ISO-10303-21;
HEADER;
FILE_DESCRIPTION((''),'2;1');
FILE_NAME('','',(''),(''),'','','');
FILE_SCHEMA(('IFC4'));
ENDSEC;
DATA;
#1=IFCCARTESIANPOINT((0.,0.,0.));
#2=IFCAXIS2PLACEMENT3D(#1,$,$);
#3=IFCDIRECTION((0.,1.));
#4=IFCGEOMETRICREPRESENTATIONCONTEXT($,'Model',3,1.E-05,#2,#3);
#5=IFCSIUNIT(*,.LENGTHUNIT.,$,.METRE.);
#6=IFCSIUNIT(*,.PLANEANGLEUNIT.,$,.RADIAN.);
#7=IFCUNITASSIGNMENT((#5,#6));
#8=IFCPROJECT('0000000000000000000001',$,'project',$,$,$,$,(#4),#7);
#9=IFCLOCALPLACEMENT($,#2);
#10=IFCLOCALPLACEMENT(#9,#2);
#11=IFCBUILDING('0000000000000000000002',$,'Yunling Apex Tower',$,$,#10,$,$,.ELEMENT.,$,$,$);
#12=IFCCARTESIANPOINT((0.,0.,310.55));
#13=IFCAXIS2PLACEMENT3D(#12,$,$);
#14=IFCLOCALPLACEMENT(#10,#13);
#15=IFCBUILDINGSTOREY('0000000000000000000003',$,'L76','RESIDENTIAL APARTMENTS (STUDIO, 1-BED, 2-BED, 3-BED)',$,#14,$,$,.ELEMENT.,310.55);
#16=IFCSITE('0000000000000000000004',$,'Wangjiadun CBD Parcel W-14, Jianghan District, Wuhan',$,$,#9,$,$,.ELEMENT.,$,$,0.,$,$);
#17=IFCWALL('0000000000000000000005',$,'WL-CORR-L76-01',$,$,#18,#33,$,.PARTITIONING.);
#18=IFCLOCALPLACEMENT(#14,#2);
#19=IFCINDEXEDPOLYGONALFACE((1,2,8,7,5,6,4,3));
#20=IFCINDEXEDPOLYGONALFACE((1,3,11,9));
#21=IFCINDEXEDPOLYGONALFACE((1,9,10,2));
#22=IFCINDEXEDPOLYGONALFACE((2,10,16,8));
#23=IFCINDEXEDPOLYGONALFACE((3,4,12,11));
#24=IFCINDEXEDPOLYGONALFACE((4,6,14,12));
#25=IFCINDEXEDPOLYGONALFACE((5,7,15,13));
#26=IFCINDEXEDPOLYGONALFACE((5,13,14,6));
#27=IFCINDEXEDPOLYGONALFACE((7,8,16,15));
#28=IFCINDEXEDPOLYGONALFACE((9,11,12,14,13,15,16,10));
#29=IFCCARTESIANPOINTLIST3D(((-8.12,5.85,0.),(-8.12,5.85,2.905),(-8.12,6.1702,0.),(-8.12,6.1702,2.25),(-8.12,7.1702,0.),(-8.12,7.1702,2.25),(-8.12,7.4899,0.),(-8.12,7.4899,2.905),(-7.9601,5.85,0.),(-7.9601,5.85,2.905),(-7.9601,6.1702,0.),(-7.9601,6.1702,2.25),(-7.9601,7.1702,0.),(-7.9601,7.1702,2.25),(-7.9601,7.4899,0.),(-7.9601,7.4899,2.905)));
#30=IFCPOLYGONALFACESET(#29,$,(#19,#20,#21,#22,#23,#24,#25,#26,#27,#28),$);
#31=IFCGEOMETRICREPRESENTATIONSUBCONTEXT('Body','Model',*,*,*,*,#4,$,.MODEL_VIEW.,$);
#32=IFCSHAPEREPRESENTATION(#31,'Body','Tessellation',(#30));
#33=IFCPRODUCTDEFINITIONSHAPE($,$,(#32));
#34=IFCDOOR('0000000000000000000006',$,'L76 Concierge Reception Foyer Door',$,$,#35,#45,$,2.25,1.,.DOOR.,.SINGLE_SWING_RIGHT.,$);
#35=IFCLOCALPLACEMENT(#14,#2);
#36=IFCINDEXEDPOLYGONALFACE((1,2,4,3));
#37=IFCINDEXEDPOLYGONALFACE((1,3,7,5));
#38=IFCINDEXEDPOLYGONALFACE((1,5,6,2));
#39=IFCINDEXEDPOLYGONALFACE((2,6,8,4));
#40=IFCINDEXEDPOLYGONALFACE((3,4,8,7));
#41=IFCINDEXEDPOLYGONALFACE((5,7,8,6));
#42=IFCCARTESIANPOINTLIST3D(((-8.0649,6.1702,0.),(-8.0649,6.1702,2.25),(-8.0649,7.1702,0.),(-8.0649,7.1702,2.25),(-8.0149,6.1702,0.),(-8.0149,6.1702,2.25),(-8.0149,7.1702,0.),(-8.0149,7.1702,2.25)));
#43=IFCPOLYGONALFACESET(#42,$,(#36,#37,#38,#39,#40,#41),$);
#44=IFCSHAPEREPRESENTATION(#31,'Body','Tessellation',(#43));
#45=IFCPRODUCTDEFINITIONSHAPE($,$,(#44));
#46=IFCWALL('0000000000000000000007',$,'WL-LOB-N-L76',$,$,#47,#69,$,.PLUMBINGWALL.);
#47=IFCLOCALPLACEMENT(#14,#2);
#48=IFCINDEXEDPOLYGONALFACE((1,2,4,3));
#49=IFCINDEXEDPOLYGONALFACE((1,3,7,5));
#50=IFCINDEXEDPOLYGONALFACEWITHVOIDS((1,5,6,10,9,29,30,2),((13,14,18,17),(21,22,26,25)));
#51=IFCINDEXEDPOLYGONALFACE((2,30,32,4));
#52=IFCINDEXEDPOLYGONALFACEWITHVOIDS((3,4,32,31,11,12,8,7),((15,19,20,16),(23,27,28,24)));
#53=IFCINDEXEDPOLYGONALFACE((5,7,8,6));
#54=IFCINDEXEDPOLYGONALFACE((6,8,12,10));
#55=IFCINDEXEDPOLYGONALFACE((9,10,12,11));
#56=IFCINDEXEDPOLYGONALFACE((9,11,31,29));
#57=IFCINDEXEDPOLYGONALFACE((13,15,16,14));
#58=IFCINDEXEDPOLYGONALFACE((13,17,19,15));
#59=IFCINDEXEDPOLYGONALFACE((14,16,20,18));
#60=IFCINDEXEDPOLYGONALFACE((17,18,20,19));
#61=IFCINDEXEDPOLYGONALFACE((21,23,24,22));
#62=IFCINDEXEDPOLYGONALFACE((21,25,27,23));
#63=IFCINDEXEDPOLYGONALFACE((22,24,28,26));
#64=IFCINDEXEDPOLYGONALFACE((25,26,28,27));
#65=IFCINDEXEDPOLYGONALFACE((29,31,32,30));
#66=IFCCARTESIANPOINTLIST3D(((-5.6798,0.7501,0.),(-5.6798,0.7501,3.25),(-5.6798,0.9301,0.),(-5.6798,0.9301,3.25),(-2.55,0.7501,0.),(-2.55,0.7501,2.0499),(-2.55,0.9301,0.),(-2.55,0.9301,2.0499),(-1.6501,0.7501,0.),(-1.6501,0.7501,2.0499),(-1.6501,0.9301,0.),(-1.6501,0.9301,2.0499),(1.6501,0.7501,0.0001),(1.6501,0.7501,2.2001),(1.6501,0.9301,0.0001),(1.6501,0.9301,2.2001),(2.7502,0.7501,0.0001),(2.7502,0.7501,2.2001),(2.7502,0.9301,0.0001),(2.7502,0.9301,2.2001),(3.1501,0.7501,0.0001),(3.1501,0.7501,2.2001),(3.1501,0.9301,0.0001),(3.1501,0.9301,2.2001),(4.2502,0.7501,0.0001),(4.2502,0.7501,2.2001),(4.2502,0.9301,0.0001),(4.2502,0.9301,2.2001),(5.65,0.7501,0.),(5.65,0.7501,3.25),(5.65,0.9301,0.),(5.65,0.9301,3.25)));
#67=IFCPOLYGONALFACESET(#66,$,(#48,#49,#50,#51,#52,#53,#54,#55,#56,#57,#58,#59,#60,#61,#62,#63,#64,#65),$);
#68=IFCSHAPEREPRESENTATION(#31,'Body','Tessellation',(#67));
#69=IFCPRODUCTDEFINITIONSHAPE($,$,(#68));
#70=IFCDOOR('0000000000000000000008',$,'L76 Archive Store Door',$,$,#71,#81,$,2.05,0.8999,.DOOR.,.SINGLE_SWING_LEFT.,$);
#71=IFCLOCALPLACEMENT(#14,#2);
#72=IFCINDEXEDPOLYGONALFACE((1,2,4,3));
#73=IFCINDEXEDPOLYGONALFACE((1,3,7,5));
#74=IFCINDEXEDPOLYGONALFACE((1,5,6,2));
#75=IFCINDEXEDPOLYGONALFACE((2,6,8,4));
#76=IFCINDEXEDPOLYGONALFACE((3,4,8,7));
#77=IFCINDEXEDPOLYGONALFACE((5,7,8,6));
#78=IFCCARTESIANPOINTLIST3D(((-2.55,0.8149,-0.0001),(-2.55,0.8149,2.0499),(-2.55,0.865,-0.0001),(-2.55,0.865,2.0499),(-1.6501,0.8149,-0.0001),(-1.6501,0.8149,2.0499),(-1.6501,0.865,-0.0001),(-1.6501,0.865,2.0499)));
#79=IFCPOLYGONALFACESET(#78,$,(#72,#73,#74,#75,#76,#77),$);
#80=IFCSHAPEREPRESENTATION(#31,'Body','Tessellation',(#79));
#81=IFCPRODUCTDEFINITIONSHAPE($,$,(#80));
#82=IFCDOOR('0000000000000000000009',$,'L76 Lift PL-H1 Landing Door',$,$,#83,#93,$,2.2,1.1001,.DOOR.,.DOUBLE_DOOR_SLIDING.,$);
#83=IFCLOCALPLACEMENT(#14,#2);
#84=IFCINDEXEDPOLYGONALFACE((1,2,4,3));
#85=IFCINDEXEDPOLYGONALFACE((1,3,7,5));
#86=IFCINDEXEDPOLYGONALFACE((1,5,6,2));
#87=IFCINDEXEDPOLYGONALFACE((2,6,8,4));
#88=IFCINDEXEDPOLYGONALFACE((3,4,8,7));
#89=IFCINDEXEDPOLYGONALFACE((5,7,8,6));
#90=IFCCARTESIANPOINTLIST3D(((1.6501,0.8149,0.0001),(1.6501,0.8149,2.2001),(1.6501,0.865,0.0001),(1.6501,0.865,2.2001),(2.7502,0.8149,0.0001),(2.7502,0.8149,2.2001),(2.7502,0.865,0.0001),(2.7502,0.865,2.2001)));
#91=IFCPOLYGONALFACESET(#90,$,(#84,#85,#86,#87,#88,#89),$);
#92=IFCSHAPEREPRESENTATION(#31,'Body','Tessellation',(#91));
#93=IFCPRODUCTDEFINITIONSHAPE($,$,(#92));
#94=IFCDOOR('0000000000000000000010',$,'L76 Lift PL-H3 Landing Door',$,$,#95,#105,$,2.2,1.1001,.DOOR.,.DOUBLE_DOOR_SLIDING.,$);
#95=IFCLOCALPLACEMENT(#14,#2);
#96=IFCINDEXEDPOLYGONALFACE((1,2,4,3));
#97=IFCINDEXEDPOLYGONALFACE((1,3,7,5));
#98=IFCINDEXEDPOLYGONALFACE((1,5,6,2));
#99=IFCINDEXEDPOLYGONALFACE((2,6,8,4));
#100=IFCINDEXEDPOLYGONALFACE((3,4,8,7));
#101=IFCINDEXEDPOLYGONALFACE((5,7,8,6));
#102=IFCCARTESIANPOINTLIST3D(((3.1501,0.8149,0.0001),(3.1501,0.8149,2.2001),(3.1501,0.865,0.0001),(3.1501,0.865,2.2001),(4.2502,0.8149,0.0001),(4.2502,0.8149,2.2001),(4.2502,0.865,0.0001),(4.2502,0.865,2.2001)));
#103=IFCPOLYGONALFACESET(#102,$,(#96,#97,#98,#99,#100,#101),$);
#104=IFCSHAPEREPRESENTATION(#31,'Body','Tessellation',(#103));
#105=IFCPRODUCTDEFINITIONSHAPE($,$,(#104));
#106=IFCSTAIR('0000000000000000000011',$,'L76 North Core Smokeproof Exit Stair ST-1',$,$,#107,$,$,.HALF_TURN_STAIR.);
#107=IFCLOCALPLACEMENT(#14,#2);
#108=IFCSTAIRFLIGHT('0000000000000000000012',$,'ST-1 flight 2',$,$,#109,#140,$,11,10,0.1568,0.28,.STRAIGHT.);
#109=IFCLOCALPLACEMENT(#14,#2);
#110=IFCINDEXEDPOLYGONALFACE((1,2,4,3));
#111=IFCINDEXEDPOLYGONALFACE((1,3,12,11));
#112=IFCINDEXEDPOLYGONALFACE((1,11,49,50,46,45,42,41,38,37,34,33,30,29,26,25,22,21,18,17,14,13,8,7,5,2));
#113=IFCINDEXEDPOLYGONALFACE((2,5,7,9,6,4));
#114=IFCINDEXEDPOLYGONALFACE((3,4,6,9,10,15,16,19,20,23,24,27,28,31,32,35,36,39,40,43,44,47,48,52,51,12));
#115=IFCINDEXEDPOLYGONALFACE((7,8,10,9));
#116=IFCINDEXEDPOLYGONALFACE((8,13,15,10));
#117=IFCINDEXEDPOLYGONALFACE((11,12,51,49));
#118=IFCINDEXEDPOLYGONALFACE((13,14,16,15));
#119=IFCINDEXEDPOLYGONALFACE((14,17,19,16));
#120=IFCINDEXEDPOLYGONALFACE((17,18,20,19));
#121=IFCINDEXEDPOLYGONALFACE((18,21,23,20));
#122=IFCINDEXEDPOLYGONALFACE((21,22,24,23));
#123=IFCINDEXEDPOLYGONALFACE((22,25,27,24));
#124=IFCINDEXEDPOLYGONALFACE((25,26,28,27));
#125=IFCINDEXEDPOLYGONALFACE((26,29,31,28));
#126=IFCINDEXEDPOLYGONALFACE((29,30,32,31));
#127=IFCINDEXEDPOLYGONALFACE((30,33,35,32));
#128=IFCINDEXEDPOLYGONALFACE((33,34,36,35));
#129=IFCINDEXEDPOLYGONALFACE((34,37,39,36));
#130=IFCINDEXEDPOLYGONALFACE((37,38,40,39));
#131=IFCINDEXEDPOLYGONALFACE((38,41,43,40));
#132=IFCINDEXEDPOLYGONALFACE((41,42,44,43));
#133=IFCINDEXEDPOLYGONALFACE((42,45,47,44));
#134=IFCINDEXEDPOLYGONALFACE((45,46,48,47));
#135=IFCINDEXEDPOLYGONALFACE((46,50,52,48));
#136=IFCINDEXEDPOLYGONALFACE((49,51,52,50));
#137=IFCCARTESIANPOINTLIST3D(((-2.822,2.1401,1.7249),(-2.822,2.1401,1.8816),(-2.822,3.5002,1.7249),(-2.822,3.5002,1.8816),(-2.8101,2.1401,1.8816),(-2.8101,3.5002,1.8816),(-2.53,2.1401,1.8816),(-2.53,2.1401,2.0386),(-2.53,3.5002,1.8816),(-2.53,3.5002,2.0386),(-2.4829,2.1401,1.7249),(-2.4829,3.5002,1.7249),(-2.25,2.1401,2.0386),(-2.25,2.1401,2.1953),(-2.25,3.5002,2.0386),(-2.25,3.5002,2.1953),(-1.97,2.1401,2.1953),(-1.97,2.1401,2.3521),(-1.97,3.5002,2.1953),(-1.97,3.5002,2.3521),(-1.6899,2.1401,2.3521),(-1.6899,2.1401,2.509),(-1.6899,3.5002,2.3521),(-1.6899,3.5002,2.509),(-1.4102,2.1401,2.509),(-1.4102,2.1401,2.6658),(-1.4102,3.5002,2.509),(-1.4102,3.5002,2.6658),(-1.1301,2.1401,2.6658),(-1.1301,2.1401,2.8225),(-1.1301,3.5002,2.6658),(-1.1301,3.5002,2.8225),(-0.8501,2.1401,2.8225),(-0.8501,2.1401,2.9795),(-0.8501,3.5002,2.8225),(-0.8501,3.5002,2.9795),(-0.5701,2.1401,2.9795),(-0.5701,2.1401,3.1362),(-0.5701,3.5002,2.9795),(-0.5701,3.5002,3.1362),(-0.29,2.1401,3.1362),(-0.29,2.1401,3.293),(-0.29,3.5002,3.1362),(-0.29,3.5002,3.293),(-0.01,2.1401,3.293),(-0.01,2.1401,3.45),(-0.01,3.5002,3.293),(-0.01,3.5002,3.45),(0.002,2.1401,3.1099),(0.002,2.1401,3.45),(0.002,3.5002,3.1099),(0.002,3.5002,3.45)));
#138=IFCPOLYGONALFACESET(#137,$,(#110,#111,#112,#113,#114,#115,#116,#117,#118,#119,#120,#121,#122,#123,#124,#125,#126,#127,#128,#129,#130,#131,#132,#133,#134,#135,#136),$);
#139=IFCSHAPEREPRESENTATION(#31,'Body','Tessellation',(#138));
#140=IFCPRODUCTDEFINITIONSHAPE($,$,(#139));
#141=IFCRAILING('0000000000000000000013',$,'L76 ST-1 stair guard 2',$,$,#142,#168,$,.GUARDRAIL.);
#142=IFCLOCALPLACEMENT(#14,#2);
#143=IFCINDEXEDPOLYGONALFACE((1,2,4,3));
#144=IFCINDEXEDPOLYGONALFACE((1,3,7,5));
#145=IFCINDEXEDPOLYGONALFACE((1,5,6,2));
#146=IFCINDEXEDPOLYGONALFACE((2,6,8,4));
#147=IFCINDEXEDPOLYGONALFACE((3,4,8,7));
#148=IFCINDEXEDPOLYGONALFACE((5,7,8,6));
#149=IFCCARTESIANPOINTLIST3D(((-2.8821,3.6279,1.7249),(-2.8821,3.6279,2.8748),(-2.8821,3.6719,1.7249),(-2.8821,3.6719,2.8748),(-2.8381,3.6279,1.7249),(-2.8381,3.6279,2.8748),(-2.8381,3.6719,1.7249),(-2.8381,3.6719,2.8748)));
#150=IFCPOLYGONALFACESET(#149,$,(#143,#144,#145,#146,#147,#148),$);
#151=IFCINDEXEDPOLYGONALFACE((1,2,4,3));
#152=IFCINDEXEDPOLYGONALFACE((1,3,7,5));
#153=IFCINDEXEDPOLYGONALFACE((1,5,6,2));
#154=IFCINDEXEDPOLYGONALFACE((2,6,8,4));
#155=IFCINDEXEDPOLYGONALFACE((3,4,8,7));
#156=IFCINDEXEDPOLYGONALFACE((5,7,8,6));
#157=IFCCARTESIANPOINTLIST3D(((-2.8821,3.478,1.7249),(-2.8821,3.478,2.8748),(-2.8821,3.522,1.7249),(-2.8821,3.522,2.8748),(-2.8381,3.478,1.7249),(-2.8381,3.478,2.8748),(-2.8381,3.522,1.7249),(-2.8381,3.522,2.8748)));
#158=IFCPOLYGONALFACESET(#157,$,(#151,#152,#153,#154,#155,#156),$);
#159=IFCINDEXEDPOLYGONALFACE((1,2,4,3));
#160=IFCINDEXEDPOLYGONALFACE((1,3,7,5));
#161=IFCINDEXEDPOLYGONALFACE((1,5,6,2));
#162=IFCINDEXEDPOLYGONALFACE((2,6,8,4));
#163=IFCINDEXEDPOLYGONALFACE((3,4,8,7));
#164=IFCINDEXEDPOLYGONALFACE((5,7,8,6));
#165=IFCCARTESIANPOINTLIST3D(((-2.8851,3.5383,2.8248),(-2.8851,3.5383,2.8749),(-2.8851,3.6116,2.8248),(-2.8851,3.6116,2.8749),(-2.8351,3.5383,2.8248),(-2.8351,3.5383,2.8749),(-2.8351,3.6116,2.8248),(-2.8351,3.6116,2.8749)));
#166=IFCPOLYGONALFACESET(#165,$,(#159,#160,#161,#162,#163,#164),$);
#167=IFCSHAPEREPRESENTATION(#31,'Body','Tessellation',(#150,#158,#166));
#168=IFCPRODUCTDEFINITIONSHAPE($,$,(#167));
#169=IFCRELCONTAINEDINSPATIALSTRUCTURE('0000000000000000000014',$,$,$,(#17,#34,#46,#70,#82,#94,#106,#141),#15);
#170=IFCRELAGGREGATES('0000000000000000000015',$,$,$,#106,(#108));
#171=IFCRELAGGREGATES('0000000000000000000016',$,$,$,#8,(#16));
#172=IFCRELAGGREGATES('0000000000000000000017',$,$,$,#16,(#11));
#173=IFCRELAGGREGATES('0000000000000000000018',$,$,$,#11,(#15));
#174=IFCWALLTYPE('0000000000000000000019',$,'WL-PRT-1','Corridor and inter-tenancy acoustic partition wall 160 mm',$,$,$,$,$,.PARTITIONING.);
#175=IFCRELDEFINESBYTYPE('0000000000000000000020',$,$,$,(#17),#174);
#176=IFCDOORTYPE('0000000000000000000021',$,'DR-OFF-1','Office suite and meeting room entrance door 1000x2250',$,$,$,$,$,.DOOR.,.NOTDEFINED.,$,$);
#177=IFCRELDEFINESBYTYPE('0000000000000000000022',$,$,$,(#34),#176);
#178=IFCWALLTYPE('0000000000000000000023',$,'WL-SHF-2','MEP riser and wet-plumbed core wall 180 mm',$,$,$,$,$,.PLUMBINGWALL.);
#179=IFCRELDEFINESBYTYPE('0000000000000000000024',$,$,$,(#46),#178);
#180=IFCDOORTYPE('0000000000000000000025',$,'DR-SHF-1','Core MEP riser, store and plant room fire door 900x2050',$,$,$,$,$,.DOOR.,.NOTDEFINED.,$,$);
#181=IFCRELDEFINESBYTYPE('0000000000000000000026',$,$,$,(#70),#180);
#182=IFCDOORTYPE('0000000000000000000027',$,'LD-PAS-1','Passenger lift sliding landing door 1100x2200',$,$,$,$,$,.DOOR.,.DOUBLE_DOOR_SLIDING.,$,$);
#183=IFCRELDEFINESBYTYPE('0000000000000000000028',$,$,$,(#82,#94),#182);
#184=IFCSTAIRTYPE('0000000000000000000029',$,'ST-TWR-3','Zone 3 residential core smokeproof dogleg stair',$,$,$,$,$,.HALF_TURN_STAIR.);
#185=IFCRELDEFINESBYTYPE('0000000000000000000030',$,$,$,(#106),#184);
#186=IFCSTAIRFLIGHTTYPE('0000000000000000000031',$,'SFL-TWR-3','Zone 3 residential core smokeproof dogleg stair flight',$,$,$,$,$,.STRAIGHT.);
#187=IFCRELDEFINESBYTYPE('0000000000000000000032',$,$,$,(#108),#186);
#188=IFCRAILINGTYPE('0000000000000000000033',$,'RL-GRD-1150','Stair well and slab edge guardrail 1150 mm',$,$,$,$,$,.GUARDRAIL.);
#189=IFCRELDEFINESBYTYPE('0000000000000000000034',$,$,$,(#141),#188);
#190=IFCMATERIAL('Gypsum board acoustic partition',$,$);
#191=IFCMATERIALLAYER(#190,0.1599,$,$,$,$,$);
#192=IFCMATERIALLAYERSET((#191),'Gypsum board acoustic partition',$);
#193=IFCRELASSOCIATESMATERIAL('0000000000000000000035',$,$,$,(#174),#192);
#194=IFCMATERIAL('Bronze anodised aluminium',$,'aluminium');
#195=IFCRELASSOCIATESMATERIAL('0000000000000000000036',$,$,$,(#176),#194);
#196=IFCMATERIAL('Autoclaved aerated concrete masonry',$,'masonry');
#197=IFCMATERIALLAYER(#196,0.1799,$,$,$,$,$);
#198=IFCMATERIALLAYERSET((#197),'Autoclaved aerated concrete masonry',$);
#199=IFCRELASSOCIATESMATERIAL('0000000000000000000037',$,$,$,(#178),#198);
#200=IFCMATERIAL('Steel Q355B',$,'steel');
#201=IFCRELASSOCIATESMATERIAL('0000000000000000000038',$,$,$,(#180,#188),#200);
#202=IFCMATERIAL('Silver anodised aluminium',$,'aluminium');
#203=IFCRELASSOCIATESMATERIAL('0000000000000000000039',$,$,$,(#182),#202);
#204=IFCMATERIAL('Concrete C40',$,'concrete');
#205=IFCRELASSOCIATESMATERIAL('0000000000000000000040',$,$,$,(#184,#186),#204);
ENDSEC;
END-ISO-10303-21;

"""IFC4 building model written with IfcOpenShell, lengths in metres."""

from ifc_helpers import new_model, si_unit, direction, frame, frame_2d, origin, origin_2d, place, context, subcontext, project, spatial, polyline, rectangle, outline, extrude, material, layer, layer_set, type_object, element, fill, aggregate, save


model = new_model("IFC4")

# Units and contexts
model_context = context("Model", 3, precision=1e-05, world=origin(), true_north=direction((0.0, 1.0)))
body_context = subcontext(model_context, "Body", "Model", "MODEL_VIEW")
ifc_project = project(units=[si_unit("LENGTHUNIT", "METRE"), si_unit("PLANEANGLEUNIT", "RADIAN")], contexts=[model_context])

# Site, building, storey
site_placement = place(None, origin())
site = spatial("IfcSite", under=ifc_project, at=site_placement, Name="Wangjiadun CBD Parcel W-14, Jianghan District, Wuhan", CompositionType="ELEMENT", RefElevation=0.0)
building_placement = place(site_placement, origin())
building = spatial("IfcBuilding", under=site, at=building_placement, Name="Yunling Apex Tower", CompositionType="ELEMENT")
storey_placement = place(building_placement, frame((0.0, 0.0, 310.55)))
storey = spatial("IfcBuildingStorey", under=building, at=storey_placement, Name="L76", Description="RESIDENTIAL APARTMENTS (STUDIO, 1-BED, 2-BED, 3-BED)", CompositionType="ELEMENT", Elevation=310.55)

# Shared definitions
ifc_material_1 = material(Name="Steel Q355B", Category="steel")

# Shared definitions
ifc_material_2 = material(Name="Concrete C40", Category="concrete")

# Wall, opening, door
ifc_material_3 = material(Name="Gypsum board acoustic partition")
ifc_layer_1 = layer(ifc_material_3, 0.1599)
ifc_layer_set_1 = layer_set([ifc_layer_1], Name="Gypsum board acoustic partition")
wall_type_1 = type_object("IfcWallType", Name="WL-PRT-1", Description="Corridor and inter-tenancy acoustic partition wall 160 mm", PredefinedType="PARTITIONING", material=ifc_layer_set_1)
wall_1_placement = place(storey_placement, frame((-8.04, 5.8501, 0.0), z_axis=(0.0, 0.0, 1.0), x_axis=(0.0, 1.0, 0.0)))
wall_1 = element("IfcWall", 1, at=wall_1_placement, inside=storey, type_object=wall_type_1, Name="WL-CORR-L76-01", PredefinedType="PARTITIONING", context=body_context, shape_type="SweptSolid", body=[
    extrude(rectangle(XDim=1.6399, YDim=0.1599, at=frame_2d((0.8198, 0.0))), origin(), (0.0, 0.0, 1.0), 2.905),
])
opening_1_placement = place(wall_1_placement, frame((0.3201, 0.0, 0.0)))
opening_1 = element("IfcOpeningElement", 2, at=opening_1_placement, cuts=wall_1, PredefinedType="OPENING", context=body_context, shape_type="SweptSolid", body=[
    extrude(rectangle(XDim=1.0, YDim=2.25, at=frame_2d((0.5, 1.125))), frame((0.0, 0.0898, 0.0), z_axis=(0.0, -1.0, 0.0), x_axis=(1.0, 0.0, 0.0)), (0.0, 0.0, 1.0), 0.1799),
])
ifc_material_4 = material(Name="Bronze anodised aluminium", Category="aluminium")
door_type_1 = type_object("IfcDoorType", Name="DR-OFF-1", Description="Office suite and meeting room entrance door 1000x2250", OperationType="NOTDEFINED", PredefinedType="DOOR", material=ifc_material_4)
door_1_placement = place(opening_1_placement, origin())
door_1 = element("IfcDoor", 3, at=door_1_placement, inside=storey, type_object=door_type_1, Name="L76 Concierge Reception Foyer Door", OperationType="SINGLE_SWING_RIGHT", OverallHeight=2.25, OverallWidth=1.0, PredefinedType="DOOR", context=body_context, shape_type="SweptSolid", body=[
    extrude(rectangle(XDim=1.0, YDim=2.25, at=frame_2d((0.5, 1.125))), frame((0.0, 0.0249, 0.0), z_axis=(0.0, -1.0, 0.0), x_axis=(1.0, 0.0, 0.0)), (0.0, 0.0, 1.0), 0.05),
])
fill(opening_1, door_1)

# Wall, openings, doors
ifc_material_5 = material(Name="Autoclaved aerated concrete masonry", Category="masonry")
ifc_layer_2 = layer(ifc_material_5, 0.1799)
ifc_layer_set_2 = layer_set([ifc_layer_2], Name="Autoclaved aerated concrete masonry")
wall_type_2 = type_object("IfcWallType", Name="WL-SHF-2", Description="MEP riser and wet-plumbed core wall 180 mm", PredefinedType="PLUMBINGWALL", material=ifc_layer_set_2)
wall_2_placement = place(storey_placement, frame((-5.6799, 0.8401, 0.0), z_axis=(0.0, 0.0, 1.0), x_axis=(1.0, 0.0, 0.0)))
wall_2 = element("IfcWall", 4, at=wall_2_placement, inside=storey, type_object=wall_type_2, Name="WL-LOB-N-L76", PredefinedType="PLUMBINGWALL", context=body_context, shape_type="SweptSolid", body=[
    extrude(rectangle(XDim=11.3298, YDim=0.1799, at=frame_2d((5.665, 0.0))), origin(), (0.0, 0.0, 1.0), 3.25),
])
opening_2_placement = place(wall_2_placement, frame((3.1299, 0.0, 0.0)))
opening_2 = element("IfcOpeningElement", 5, at=opening_2_placement, cuts=wall_2, PredefinedType="OPENING", context=body_context, shape_type="SweptSolid", body=[
    extrude(rectangle(XDim=0.8999, YDim=2.05, at=frame_2d((0.45, 1.0249))), frame((0.0, 0.1001, 0.0), z_axis=(0.0, -1.0, 0.0), x_axis=(1.0, 0.0, 0.0)), (0.0, 0.0, 1.0), 0.2),
])
opening_3_placement = place(wall_2_placement, frame((7.3301, 0.0, 0.0)))
opening_3 = element("IfcOpeningElement", 6, at=opening_3_placement, cuts=wall_2, PredefinedType="OPENING", context=body_context, shape_type="SweptSolid", body=[
    extrude(rectangle(XDim=1.1001, YDim=2.2, at=frame_2d((0.55, 1.1001))), frame((0.0, 0.1001, 0.0), z_axis=(0.0, -1.0, 0.0), x_axis=(1.0, 0.0, 0.0)), (0.0, 0.0, 1.0), 0.2),
])
opening_4_placement = place(wall_2_placement, frame((8.8301, 0.0, 0.0)))
opening_4 = element("IfcOpeningElement", 7, at=opening_4_placement, cuts=wall_2, PredefinedType="OPENING", context=body_context, shape_type="SweptSolid", body=[
    extrude(rectangle(XDim=1.1001, YDim=2.2, at=frame_2d((0.55, 1.1001))), frame((0.0, 0.1001, 0.0), z_axis=(0.0, -1.0, 0.0), x_axis=(1.0, 0.0, 0.0)), (0.0, 0.0, 1.0), 0.2),
])
door_type_2 = type_object("IfcDoorType", Name="DR-SHF-1", Description="Core MEP riser, store and plant room fire door 900x2050", OperationType="NOTDEFINED", PredefinedType="DOOR", material=ifc_material_1)
door_2_placement = place(opening_2_placement, origin())
door_2 = element("IfcDoor", 8, at=door_2_placement, inside=storey, type_object=door_type_2, Name="L76 Archive Store Door", OperationType="SINGLE_SWING_LEFT", OverallHeight=2.05, OverallWidth=0.8999, PredefinedType="DOOR", context=body_context, shape_type="SweptSolid", body=[
    extrude(rectangle(XDim=0.8999, YDim=2.05, at=frame_2d((0.45, 1.0249))), frame((0.0, 0.0249, 0.0), z_axis=(0.0, -1.0, 0.0), x_axis=(1.0, 0.0, 0.0)), (0.0, 0.0, 1.0), 0.05),
])
fill(opening_2, door_2)
ifc_material_6 = material(Name="Silver anodised aluminium", Category="aluminium")
door_type_3 = type_object("IfcDoorType", Name="LD-PAS-1", Description="Passenger lift sliding landing door 1100x2200", OperationType="DOUBLE_DOOR_SLIDING", PredefinedType="DOOR", material=ifc_material_6)
door_3_placement = place(opening_3_placement, origin())
door_3 = element("IfcDoor", 9, at=door_3_placement, inside=storey, type_object=door_type_3, Name="L76 Lift PL-H1 Landing Door", OperationType="DOUBLE_DOOR_SLIDING", OverallHeight=2.2, OverallWidth=1.1001, PredefinedType="DOOR", context=body_context, shape_type="SweptSolid", body=[
    extrude(rectangle(XDim=1.1001, YDim=2.2, at=frame_2d((0.55, 1.1001))), frame((0.0, 0.0249, 0.0), z_axis=(0.0, -1.0, 0.0), x_axis=(1.0, 0.0, 0.0)), (0.0, 0.0, 1.0), 0.05),
])
fill(opening_3, door_3)
door_4_placement = place(opening_4_placement, origin())
door_4 = element("IfcDoor", 10, at=door_4_placement, inside=storey, type_object=door_type_3, Name="L76 Lift PL-H3 Landing Door", OperationType="DOUBLE_DOOR_SLIDING", OverallHeight=2.2, OverallWidth=1.1001, PredefinedType="DOOR", context=body_context, shape_type="SweptSolid", body=[
    extrude(rectangle(XDim=1.1001, YDim=2.2, at=frame_2d((0.55, 1.1001))), frame((0.0, 0.0249, 0.0), z_axis=(0.0, -1.0, 0.0), x_axis=(1.0, 0.0, 0.0)), (0.0, 0.0, 1.0), 0.05),
])
fill(opening_4, door_4)

# Stair, stair flight
stair_type = type_object("IfcStairType", Name="ST-TWR-3", Description="Zone 3 residential core smokeproof dogleg stair", PredefinedType="HALF_TURN_STAIR", material=ifc_material_2)
stair_placement = place(storey_placement, origin())
stair = element("IfcStair", 11, at=stair_placement, inside=storey, type_object=stair_type, Name="L76 North Core Smokeproof Exit Stair ST-1", PredefinedType="HALF_TURN_STAIR")
stair_flight_type = type_object("IfcStairFlightType", Name="SFL-TWR-3", Description="Zone 3 residential core smokeproof dogleg stair flight", PredefinedType="STRAIGHT", material=ifc_material_2)
stair_flight_placement = place(storey_placement, frame((-2.8101, 2.8201, 1.7249), z_axis=(0.0, 0.0, 1.0), x_axis=(1.0, 0.0, 0.0)))
stair_flight = element("IfcStairFlight", 12, at=stair_flight_placement, type_object=stair_flight_type, Name="ST-1 flight 2", NumberOfRisers=11, NumberOfTreads=10, PredefinedType="STRAIGHT", RiserHeight=0.1568, TreadLength=0.28, context=body_context, shape_type="SweptSolid", body=[
    extrude(outline(polyline([(-0.012, 0.0), (-0.012, 0.1567), (0.0, 0.1567), (0.28, 0.1567), (0.28, 0.3137), (0.5601, 0.3137), (0.5601, 0.4705), (0.8401, 0.4705), (0.8401, 0.6272), (1.1201, 0.6272), (1.1201, 0.7842), (1.3999, 0.7842), (1.3999, 0.9409), (1.6799, 0.9409), (1.6799, 1.0977), (1.96, 1.0977), (1.96, 1.2546), (2.24, 1.2546), (2.24, 1.4114), (2.52, 1.4114), (2.52, 1.5681), (2.8, 1.5681), (2.8, 1.7251), (2.812, 1.7251), (2.812, 1.385), (0.3271, 0.0), (-0.012, 0.0)])), frame((0.0, 0.6802, 0.0), z_axis=(0.0, -1.0, 0.0), x_axis=(1.0, 0.0, 0.0)), (0.0, 0.0, 1.0), 1.3601),
])
aggregate(stair, [stair_flight])

# Railing
railing_type_1 = type_object("IfcRailingType", Name="RL-GRD-1150", Description="Stair well and slab edge guardrail 1150 mm", PredefinedType="GUARDRAIL", material=ifc_material_1)
railing_1_placement = place(storey_placement, frame((-2.8601, 3.6499, 1.7249)))
element("IfcRailing", 13, at=railing_1_placement, inside=storey, type_object=railing_type_1, Name="L76 ST-1 stair guard 2", PredefinedType="GUARDRAIL", context=body_context, shape_type="SweptSolid", body=[
    extrude(rectangle(XDim=0.0439, YDim=0.0439, at=origin_2d()), origin(), (0.0, 0.0, 1.0), 1.1499),
    extrude(rectangle(XDim=0.0439, YDim=0.0439, at=origin_2d()), frame((0.0, -0.1499, 0.0)), (0.0, 0.0, 1.0), 1.1499),
    extrude(rectangle(XDim=0.05, YDim=0.05, at=origin_2d()), frame((0.0, -0.0383, 1.125), z_axis=(0.0, -1.0, 0.0), x_axis=(1.0, 0.0, 0.0)), (0.0, 0.0, 1.0), 0.0732),
])

save(model, "model.ifc")
